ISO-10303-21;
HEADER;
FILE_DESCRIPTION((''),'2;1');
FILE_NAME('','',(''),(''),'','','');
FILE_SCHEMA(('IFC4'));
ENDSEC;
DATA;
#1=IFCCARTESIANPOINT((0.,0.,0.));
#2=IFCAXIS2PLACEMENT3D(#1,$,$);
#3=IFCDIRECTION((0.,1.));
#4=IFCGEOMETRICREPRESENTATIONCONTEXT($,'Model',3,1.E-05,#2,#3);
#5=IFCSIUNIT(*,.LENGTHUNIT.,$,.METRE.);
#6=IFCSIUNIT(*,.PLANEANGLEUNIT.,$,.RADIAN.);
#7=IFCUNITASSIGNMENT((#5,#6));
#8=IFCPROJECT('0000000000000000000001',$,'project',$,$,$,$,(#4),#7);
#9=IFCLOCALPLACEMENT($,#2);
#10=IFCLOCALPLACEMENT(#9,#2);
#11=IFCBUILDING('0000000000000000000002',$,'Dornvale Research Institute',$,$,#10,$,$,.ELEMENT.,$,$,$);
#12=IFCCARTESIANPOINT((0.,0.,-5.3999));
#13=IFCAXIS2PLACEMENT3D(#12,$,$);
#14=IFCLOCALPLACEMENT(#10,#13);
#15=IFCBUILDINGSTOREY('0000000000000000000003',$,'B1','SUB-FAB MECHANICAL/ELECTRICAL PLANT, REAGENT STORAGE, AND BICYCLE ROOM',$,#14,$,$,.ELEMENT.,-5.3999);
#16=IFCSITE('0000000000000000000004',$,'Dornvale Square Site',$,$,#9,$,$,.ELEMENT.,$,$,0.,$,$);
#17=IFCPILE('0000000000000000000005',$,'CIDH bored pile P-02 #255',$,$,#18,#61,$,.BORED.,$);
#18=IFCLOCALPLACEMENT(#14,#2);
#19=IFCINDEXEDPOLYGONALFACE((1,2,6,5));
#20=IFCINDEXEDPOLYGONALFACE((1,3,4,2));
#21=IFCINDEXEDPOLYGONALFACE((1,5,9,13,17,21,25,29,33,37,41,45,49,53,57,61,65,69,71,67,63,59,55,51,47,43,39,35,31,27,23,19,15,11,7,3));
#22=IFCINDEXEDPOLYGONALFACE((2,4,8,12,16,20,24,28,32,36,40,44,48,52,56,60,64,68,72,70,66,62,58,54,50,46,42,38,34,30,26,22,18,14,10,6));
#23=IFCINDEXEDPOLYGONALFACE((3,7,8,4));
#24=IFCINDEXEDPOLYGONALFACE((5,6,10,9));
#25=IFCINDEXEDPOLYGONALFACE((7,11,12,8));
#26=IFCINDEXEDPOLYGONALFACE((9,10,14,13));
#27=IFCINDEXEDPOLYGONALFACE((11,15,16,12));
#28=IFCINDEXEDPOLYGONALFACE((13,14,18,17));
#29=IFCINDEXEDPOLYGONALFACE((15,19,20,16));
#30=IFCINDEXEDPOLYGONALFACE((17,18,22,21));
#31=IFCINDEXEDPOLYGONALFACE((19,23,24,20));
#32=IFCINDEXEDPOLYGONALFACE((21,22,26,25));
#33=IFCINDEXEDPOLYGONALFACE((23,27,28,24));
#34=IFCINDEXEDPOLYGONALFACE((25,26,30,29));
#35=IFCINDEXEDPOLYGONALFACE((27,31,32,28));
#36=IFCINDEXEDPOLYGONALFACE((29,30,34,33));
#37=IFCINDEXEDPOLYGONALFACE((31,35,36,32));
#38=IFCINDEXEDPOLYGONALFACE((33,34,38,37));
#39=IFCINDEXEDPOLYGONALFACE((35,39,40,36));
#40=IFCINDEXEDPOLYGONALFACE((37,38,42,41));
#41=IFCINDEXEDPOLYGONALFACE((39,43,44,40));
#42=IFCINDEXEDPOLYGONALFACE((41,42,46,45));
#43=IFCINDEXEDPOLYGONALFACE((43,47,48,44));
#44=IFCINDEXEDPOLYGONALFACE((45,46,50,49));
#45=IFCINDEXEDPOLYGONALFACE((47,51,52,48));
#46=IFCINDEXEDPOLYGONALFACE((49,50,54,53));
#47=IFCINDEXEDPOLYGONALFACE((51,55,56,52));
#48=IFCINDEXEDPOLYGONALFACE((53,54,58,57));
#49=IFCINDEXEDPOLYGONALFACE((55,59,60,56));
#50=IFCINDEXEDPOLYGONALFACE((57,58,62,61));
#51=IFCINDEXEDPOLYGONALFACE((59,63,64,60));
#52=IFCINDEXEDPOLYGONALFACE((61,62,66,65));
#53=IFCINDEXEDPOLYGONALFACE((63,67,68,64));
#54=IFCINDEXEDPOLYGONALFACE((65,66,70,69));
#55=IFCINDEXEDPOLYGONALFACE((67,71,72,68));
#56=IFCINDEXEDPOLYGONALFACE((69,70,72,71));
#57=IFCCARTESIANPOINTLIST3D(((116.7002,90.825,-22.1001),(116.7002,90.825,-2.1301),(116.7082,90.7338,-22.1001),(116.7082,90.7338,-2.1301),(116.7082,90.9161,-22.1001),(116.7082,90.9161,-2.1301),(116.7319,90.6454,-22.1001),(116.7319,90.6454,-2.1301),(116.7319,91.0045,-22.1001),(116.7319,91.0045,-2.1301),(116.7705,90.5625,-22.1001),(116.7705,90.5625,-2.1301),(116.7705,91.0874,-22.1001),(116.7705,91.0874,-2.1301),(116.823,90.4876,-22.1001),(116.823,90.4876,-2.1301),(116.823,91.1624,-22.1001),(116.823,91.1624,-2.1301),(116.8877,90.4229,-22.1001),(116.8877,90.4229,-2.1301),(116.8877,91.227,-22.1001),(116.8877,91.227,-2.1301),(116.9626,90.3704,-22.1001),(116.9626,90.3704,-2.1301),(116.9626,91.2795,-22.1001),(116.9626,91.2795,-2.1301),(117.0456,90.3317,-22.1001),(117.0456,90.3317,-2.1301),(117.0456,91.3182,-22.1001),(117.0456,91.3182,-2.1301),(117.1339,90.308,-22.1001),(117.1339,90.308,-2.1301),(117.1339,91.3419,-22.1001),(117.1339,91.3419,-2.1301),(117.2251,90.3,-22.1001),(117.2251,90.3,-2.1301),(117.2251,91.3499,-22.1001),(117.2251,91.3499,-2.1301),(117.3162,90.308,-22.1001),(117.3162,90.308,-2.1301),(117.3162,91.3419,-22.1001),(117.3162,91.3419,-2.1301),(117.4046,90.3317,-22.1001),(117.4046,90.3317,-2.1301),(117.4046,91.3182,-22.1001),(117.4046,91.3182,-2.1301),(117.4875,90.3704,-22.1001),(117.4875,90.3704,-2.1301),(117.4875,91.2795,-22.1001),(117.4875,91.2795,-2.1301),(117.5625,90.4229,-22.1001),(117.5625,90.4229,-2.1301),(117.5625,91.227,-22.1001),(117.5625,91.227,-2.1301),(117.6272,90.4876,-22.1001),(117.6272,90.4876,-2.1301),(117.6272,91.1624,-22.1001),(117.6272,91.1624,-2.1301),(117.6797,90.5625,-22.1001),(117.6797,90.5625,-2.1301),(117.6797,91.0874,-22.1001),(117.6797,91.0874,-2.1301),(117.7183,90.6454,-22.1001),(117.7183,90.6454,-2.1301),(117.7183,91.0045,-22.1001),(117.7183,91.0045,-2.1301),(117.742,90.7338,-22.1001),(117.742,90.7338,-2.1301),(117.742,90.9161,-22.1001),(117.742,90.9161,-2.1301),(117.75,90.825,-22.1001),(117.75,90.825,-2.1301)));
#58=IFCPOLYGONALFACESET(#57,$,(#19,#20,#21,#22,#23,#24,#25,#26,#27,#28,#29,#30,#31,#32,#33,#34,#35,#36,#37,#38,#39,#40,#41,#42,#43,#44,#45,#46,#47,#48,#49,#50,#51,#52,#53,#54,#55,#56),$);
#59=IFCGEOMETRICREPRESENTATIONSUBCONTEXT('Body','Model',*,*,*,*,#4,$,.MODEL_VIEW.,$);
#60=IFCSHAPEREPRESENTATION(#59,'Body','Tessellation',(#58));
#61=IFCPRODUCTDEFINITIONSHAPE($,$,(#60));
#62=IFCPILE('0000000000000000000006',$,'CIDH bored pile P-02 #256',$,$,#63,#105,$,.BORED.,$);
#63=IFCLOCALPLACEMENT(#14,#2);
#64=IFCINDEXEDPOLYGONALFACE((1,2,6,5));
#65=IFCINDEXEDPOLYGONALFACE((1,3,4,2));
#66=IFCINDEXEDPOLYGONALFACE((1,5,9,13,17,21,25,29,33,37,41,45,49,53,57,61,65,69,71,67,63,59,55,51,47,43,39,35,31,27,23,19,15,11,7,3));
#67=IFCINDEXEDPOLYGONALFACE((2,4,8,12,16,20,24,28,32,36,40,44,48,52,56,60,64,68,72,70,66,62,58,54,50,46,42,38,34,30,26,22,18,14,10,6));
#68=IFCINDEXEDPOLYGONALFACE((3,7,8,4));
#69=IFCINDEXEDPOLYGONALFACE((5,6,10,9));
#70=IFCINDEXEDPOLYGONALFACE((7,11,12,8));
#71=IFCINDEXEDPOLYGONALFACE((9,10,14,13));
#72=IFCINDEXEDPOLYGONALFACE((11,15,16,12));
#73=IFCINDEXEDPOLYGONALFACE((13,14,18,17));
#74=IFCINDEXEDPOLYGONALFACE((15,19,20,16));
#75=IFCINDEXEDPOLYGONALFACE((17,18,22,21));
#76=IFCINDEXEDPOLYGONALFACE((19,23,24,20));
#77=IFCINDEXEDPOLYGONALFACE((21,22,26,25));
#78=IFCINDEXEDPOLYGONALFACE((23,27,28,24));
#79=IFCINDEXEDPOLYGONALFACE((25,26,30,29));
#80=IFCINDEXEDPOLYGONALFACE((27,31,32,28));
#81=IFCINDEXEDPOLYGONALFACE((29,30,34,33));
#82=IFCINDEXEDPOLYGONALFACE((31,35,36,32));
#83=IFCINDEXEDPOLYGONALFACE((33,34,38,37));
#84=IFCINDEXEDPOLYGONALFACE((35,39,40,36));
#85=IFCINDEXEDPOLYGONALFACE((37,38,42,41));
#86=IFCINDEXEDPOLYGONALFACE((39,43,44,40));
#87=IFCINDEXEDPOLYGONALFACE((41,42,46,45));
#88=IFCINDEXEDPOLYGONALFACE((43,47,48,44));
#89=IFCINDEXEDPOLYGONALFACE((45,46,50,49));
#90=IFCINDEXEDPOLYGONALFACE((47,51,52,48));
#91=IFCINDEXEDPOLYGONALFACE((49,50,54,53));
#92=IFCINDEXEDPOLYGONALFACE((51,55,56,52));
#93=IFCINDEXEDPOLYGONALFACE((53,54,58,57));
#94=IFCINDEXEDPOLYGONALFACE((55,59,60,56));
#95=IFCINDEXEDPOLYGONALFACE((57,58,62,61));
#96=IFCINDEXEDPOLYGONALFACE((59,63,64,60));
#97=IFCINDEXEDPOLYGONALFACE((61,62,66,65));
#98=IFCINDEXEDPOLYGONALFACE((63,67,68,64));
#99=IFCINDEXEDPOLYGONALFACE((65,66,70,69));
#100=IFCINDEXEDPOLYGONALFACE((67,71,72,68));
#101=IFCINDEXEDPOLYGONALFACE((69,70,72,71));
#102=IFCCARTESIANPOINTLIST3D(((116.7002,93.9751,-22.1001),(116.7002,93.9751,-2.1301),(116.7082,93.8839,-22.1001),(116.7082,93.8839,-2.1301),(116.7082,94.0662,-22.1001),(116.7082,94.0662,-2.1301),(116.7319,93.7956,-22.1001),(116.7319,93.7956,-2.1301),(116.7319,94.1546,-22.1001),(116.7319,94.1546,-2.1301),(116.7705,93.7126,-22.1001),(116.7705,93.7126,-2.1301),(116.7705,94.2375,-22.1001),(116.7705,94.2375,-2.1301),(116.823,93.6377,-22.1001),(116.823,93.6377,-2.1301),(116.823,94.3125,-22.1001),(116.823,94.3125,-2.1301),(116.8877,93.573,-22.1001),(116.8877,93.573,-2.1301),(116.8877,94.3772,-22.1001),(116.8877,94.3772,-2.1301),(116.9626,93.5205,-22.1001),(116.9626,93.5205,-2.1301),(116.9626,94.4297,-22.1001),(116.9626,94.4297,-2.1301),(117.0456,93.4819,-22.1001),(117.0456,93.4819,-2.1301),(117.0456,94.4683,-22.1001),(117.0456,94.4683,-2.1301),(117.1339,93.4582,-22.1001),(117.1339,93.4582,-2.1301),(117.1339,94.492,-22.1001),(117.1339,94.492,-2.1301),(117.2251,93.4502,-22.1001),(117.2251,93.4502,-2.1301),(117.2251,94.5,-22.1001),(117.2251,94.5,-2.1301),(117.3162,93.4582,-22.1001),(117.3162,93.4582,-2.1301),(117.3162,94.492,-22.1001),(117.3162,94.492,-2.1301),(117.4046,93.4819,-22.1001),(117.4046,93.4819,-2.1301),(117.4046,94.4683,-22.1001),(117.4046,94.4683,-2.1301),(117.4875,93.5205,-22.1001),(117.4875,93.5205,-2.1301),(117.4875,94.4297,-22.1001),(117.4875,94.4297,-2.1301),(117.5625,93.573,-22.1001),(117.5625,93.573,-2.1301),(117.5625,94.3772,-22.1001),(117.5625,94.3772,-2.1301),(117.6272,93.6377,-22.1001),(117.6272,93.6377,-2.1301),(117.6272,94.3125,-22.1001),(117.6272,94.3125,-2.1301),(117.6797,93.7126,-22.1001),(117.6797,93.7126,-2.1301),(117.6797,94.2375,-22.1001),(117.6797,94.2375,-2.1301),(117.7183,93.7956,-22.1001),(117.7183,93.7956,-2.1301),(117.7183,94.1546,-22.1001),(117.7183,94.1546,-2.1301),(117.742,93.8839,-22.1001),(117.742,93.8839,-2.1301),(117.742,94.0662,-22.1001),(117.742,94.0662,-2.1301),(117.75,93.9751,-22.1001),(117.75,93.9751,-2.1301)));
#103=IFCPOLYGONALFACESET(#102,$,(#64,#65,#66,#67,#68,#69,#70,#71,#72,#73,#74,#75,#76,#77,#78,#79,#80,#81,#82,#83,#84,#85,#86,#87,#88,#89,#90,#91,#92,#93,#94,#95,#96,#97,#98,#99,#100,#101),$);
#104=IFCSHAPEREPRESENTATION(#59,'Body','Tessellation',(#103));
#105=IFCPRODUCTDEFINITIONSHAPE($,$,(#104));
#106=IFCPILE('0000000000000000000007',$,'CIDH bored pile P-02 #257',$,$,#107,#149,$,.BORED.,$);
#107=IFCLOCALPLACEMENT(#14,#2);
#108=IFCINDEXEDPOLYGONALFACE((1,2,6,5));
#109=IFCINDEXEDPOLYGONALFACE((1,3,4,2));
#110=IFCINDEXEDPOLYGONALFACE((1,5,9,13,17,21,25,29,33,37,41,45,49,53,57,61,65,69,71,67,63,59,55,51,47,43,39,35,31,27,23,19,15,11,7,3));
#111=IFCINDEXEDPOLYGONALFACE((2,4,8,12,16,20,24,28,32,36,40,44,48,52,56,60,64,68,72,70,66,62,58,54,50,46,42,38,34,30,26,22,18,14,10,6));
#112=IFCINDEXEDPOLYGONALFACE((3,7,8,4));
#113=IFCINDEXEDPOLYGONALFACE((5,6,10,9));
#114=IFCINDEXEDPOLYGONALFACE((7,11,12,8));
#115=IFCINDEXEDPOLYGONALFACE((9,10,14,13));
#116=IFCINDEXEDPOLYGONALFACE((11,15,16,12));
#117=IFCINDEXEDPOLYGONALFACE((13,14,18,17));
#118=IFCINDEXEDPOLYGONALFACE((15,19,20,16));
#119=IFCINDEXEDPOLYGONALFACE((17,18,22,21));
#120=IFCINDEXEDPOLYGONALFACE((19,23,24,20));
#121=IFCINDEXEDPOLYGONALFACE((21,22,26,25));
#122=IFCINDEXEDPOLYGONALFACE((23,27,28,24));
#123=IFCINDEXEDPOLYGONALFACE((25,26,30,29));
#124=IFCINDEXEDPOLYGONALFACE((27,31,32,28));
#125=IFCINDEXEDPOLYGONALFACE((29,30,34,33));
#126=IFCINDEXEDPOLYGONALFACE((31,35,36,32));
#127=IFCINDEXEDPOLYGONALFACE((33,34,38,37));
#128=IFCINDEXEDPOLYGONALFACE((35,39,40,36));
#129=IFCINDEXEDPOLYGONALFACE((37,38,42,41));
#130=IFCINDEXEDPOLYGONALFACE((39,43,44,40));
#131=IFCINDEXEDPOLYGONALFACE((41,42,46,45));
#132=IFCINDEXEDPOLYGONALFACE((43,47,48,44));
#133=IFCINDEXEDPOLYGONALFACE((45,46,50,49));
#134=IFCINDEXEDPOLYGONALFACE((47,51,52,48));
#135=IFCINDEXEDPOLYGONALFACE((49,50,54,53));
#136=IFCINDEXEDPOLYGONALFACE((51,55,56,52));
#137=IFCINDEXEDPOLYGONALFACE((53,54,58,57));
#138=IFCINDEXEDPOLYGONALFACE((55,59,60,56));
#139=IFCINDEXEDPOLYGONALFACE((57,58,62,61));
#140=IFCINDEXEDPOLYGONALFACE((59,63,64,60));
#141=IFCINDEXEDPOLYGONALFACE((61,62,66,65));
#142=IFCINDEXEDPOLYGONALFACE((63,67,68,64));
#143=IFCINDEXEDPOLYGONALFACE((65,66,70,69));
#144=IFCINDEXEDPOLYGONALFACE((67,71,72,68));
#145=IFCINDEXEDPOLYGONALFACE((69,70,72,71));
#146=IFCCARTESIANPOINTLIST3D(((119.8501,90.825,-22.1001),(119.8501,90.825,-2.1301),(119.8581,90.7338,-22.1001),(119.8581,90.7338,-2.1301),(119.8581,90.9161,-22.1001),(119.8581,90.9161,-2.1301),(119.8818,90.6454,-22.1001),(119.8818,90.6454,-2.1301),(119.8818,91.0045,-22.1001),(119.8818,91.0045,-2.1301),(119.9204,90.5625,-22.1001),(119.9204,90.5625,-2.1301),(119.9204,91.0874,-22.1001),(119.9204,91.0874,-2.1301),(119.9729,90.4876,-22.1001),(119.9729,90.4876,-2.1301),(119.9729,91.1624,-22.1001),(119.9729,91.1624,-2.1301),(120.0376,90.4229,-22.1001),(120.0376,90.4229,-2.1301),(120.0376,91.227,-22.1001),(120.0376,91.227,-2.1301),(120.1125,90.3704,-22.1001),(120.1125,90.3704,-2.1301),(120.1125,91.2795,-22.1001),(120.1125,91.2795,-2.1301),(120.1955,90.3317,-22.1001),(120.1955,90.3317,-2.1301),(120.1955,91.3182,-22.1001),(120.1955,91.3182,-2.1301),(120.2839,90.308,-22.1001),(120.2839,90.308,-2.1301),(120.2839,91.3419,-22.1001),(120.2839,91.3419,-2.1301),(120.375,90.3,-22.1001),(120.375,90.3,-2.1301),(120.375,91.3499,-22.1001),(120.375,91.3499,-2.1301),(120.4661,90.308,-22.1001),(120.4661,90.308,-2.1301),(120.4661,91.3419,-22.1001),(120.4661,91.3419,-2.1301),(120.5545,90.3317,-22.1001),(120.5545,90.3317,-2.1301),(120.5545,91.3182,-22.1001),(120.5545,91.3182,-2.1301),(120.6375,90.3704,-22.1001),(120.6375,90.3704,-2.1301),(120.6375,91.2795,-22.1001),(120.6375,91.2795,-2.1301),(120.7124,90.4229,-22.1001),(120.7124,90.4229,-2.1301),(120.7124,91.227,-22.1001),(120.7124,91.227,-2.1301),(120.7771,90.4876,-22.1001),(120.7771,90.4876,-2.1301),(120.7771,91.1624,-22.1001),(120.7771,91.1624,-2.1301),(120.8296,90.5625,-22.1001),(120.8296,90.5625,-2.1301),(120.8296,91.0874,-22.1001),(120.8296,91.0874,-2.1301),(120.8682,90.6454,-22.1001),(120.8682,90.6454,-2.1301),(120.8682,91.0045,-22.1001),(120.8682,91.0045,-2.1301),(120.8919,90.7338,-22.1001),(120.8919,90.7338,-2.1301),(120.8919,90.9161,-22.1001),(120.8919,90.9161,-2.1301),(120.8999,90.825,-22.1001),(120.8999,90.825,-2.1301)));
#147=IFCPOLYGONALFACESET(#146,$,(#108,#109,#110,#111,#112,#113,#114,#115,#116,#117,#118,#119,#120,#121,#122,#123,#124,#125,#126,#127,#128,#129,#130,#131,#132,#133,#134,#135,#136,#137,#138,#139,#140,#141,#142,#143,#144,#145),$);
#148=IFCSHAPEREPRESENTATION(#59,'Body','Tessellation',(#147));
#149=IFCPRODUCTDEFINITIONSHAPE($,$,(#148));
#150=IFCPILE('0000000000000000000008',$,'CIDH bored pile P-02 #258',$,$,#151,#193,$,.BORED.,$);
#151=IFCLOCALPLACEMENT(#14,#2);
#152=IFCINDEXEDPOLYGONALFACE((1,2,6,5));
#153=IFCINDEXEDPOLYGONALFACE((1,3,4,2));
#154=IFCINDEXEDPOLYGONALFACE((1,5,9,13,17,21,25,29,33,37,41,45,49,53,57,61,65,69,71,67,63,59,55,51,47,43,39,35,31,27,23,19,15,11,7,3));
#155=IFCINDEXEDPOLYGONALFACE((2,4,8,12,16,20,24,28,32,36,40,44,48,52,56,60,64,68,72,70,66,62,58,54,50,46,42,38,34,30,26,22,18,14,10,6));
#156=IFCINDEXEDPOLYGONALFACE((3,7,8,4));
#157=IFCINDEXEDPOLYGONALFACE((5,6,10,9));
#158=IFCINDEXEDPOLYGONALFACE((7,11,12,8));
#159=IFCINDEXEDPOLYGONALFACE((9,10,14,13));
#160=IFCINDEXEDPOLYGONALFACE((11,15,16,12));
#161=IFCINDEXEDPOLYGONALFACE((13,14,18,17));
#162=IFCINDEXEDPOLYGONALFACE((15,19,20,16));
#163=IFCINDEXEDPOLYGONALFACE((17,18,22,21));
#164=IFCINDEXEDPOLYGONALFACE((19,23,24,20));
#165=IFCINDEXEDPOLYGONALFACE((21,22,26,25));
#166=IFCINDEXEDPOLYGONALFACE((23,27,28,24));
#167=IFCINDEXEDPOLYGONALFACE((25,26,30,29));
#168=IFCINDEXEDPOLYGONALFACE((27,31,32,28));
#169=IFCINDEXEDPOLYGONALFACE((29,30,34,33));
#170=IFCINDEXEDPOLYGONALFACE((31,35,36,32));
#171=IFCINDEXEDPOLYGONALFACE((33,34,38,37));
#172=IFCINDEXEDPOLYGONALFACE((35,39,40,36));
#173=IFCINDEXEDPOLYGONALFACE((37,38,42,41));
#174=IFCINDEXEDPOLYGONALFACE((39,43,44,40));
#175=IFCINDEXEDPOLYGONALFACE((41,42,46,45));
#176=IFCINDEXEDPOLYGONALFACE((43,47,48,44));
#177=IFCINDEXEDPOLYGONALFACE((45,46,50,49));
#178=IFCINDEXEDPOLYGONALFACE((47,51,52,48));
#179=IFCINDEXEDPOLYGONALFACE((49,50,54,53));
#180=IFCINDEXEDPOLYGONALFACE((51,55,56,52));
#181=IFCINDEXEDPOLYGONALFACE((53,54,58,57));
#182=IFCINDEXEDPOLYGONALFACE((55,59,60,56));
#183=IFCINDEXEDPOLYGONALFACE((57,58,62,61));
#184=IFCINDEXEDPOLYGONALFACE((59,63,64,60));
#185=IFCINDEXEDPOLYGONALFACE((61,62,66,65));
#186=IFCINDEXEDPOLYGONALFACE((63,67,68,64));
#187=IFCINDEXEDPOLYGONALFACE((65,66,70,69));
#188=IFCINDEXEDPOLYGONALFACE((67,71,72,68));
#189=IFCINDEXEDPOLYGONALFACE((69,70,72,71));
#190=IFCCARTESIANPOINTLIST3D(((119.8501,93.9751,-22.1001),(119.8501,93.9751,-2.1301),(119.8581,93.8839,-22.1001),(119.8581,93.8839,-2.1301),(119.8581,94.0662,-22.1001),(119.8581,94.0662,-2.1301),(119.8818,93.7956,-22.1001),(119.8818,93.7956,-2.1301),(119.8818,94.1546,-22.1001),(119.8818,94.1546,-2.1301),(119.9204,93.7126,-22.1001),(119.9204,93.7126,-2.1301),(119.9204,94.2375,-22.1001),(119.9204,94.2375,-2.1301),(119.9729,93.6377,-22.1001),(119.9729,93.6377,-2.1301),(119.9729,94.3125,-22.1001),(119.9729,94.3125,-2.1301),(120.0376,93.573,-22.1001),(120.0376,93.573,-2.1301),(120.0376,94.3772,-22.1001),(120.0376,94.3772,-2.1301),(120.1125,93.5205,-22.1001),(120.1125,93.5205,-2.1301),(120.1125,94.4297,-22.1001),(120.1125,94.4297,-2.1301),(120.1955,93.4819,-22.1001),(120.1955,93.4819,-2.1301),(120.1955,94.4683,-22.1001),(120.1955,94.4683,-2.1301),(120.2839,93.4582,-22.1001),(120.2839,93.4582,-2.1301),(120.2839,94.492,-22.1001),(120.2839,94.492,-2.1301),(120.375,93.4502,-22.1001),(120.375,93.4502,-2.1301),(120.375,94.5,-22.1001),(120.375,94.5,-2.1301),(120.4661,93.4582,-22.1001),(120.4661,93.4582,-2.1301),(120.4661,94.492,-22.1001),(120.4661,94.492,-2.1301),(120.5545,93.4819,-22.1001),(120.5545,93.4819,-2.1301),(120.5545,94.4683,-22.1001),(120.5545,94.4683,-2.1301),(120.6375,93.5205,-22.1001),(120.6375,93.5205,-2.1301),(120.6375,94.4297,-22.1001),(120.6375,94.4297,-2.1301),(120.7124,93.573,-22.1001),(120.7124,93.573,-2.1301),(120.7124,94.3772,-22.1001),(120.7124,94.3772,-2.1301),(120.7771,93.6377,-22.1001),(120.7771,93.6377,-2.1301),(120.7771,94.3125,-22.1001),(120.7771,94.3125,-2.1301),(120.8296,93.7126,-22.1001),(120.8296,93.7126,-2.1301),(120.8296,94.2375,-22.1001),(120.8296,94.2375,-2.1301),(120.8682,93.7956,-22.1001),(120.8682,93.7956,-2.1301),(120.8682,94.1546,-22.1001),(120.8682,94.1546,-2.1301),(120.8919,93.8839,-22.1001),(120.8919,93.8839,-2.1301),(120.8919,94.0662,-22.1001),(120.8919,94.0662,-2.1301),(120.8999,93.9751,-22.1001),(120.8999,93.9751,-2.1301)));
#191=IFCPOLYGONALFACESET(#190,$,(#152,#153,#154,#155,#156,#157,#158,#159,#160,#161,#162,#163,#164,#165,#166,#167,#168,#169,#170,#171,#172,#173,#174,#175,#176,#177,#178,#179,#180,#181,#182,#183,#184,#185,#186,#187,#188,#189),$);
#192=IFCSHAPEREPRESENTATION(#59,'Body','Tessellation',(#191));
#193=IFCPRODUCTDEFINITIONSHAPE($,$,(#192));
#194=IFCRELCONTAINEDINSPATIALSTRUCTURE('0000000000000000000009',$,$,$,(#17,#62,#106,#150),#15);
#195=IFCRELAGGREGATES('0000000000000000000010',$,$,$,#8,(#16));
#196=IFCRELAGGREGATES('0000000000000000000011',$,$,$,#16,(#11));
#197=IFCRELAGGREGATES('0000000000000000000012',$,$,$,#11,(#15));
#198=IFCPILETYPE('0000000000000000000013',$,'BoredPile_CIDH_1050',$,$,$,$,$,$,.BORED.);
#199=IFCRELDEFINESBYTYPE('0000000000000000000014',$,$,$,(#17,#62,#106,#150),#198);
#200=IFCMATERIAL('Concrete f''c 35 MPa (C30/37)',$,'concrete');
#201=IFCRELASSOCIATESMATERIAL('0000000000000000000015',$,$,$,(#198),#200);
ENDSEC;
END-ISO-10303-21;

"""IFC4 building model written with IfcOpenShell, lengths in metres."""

from ifc_helpers import new_model, si_unit, direction, frame, origin, origin_2d, place, context, subcontext, project, spatial, circle, extrude, material, material_profile, profile_set, type_object, element, save


model = new_model("IFC4")

# Units and contexts
model_context = context("Model", 3, precision=1e-05, world=origin(), true_north=direction((0.0, 1.0)))
body_context = subcontext(model_context, "Body", "Model", "MODEL_VIEW")
ifc_project = project(units=[si_unit("LENGTHUNIT", "METRE"), si_unit("PLANEANGLEUNIT", "RADIAN")], contexts=[model_context])

# Site, building, storey
site_placement = place(None, origin())
site = spatial("IfcSite", under=ifc_project, at=site_placement, Name="Dornvale Square Site", CompositionType="ELEMENT", RefElevation=0.0)
building_placement = place(site_placement, origin())
building = spatial("IfcBuilding", under=site, at=building_placement, Name="Dornvale Research Institute", CompositionType="ELEMENT")
storey_placement = place(building_placement, frame((0.0, 0.0, -5.3999)))
storey = spatial("IfcBuildingStorey", under=building, at=storey_placement, Name="B1", Description="SUB-FAB MECHANICAL/ELECTRICAL PLANT, REAGENT STORAGE, AND BICYCLE ROOM", CompositionType="ELEMENT", Elevation=-5.3999)

# Piles
ifc_material_1 = material(Name="Concrete f'c 35 MPa (C30/37)", Category="concrete")
ifc_material_profile_1 = material_profile(ifc_material_1, circle(Radius=0.5249, at=origin_2d()), Name="CIDH PILE D1050")
ifc_profile_set_1 = profile_set([ifc_material_profile_1], Name="Concrete f'c 35 MPa (C30/37)")
pile_type_1 = type_object("IfcPileType", Name="BoredPile_CIDH_1050", PredefinedType="BORED", material=ifc_profile_set_1)
for number, where, z_axis, x_axis, name in (
    (1, (117.2251, 90.825, -2.1301), (0.0, 0.0, -1.0), (1.0, 0.0, 0.0), "CIDH bored pile P-02 #255"),
    (2, (117.2251, 93.9751, -2.1301), (0.0, 0.0, -1.0), (1.0, 0.0, 0.0), "CIDH bored pile P-02 #256"),
    (3, (120.375, 90.825, -2.1301), (0.0, 0.0, -1.0), (1.0, 0.0, 0.0), "CIDH bored pile P-02 #257"),
    (4, (120.375, 93.9751, -2.1301), (0.0, 0.0, -1.0), (1.0, 0.0, 0.0), "CIDH bored pile P-02 #258"),
):
    element("IfcPile", number, at=place(storey_placement, frame(where, z_axis=z_axis, x_axis=x_axis)), inside=storey, type_object=pile_type_1, Name=name, PredefinedType="BORED", context=body_context, shape_type="SweptSolid", body=[
        extrude(circle(Radius=0.5249, at=origin_2d()), origin(), (0.0, 0.0, 1.0), 19.97),
    ])

save(model, "model.ifc")
